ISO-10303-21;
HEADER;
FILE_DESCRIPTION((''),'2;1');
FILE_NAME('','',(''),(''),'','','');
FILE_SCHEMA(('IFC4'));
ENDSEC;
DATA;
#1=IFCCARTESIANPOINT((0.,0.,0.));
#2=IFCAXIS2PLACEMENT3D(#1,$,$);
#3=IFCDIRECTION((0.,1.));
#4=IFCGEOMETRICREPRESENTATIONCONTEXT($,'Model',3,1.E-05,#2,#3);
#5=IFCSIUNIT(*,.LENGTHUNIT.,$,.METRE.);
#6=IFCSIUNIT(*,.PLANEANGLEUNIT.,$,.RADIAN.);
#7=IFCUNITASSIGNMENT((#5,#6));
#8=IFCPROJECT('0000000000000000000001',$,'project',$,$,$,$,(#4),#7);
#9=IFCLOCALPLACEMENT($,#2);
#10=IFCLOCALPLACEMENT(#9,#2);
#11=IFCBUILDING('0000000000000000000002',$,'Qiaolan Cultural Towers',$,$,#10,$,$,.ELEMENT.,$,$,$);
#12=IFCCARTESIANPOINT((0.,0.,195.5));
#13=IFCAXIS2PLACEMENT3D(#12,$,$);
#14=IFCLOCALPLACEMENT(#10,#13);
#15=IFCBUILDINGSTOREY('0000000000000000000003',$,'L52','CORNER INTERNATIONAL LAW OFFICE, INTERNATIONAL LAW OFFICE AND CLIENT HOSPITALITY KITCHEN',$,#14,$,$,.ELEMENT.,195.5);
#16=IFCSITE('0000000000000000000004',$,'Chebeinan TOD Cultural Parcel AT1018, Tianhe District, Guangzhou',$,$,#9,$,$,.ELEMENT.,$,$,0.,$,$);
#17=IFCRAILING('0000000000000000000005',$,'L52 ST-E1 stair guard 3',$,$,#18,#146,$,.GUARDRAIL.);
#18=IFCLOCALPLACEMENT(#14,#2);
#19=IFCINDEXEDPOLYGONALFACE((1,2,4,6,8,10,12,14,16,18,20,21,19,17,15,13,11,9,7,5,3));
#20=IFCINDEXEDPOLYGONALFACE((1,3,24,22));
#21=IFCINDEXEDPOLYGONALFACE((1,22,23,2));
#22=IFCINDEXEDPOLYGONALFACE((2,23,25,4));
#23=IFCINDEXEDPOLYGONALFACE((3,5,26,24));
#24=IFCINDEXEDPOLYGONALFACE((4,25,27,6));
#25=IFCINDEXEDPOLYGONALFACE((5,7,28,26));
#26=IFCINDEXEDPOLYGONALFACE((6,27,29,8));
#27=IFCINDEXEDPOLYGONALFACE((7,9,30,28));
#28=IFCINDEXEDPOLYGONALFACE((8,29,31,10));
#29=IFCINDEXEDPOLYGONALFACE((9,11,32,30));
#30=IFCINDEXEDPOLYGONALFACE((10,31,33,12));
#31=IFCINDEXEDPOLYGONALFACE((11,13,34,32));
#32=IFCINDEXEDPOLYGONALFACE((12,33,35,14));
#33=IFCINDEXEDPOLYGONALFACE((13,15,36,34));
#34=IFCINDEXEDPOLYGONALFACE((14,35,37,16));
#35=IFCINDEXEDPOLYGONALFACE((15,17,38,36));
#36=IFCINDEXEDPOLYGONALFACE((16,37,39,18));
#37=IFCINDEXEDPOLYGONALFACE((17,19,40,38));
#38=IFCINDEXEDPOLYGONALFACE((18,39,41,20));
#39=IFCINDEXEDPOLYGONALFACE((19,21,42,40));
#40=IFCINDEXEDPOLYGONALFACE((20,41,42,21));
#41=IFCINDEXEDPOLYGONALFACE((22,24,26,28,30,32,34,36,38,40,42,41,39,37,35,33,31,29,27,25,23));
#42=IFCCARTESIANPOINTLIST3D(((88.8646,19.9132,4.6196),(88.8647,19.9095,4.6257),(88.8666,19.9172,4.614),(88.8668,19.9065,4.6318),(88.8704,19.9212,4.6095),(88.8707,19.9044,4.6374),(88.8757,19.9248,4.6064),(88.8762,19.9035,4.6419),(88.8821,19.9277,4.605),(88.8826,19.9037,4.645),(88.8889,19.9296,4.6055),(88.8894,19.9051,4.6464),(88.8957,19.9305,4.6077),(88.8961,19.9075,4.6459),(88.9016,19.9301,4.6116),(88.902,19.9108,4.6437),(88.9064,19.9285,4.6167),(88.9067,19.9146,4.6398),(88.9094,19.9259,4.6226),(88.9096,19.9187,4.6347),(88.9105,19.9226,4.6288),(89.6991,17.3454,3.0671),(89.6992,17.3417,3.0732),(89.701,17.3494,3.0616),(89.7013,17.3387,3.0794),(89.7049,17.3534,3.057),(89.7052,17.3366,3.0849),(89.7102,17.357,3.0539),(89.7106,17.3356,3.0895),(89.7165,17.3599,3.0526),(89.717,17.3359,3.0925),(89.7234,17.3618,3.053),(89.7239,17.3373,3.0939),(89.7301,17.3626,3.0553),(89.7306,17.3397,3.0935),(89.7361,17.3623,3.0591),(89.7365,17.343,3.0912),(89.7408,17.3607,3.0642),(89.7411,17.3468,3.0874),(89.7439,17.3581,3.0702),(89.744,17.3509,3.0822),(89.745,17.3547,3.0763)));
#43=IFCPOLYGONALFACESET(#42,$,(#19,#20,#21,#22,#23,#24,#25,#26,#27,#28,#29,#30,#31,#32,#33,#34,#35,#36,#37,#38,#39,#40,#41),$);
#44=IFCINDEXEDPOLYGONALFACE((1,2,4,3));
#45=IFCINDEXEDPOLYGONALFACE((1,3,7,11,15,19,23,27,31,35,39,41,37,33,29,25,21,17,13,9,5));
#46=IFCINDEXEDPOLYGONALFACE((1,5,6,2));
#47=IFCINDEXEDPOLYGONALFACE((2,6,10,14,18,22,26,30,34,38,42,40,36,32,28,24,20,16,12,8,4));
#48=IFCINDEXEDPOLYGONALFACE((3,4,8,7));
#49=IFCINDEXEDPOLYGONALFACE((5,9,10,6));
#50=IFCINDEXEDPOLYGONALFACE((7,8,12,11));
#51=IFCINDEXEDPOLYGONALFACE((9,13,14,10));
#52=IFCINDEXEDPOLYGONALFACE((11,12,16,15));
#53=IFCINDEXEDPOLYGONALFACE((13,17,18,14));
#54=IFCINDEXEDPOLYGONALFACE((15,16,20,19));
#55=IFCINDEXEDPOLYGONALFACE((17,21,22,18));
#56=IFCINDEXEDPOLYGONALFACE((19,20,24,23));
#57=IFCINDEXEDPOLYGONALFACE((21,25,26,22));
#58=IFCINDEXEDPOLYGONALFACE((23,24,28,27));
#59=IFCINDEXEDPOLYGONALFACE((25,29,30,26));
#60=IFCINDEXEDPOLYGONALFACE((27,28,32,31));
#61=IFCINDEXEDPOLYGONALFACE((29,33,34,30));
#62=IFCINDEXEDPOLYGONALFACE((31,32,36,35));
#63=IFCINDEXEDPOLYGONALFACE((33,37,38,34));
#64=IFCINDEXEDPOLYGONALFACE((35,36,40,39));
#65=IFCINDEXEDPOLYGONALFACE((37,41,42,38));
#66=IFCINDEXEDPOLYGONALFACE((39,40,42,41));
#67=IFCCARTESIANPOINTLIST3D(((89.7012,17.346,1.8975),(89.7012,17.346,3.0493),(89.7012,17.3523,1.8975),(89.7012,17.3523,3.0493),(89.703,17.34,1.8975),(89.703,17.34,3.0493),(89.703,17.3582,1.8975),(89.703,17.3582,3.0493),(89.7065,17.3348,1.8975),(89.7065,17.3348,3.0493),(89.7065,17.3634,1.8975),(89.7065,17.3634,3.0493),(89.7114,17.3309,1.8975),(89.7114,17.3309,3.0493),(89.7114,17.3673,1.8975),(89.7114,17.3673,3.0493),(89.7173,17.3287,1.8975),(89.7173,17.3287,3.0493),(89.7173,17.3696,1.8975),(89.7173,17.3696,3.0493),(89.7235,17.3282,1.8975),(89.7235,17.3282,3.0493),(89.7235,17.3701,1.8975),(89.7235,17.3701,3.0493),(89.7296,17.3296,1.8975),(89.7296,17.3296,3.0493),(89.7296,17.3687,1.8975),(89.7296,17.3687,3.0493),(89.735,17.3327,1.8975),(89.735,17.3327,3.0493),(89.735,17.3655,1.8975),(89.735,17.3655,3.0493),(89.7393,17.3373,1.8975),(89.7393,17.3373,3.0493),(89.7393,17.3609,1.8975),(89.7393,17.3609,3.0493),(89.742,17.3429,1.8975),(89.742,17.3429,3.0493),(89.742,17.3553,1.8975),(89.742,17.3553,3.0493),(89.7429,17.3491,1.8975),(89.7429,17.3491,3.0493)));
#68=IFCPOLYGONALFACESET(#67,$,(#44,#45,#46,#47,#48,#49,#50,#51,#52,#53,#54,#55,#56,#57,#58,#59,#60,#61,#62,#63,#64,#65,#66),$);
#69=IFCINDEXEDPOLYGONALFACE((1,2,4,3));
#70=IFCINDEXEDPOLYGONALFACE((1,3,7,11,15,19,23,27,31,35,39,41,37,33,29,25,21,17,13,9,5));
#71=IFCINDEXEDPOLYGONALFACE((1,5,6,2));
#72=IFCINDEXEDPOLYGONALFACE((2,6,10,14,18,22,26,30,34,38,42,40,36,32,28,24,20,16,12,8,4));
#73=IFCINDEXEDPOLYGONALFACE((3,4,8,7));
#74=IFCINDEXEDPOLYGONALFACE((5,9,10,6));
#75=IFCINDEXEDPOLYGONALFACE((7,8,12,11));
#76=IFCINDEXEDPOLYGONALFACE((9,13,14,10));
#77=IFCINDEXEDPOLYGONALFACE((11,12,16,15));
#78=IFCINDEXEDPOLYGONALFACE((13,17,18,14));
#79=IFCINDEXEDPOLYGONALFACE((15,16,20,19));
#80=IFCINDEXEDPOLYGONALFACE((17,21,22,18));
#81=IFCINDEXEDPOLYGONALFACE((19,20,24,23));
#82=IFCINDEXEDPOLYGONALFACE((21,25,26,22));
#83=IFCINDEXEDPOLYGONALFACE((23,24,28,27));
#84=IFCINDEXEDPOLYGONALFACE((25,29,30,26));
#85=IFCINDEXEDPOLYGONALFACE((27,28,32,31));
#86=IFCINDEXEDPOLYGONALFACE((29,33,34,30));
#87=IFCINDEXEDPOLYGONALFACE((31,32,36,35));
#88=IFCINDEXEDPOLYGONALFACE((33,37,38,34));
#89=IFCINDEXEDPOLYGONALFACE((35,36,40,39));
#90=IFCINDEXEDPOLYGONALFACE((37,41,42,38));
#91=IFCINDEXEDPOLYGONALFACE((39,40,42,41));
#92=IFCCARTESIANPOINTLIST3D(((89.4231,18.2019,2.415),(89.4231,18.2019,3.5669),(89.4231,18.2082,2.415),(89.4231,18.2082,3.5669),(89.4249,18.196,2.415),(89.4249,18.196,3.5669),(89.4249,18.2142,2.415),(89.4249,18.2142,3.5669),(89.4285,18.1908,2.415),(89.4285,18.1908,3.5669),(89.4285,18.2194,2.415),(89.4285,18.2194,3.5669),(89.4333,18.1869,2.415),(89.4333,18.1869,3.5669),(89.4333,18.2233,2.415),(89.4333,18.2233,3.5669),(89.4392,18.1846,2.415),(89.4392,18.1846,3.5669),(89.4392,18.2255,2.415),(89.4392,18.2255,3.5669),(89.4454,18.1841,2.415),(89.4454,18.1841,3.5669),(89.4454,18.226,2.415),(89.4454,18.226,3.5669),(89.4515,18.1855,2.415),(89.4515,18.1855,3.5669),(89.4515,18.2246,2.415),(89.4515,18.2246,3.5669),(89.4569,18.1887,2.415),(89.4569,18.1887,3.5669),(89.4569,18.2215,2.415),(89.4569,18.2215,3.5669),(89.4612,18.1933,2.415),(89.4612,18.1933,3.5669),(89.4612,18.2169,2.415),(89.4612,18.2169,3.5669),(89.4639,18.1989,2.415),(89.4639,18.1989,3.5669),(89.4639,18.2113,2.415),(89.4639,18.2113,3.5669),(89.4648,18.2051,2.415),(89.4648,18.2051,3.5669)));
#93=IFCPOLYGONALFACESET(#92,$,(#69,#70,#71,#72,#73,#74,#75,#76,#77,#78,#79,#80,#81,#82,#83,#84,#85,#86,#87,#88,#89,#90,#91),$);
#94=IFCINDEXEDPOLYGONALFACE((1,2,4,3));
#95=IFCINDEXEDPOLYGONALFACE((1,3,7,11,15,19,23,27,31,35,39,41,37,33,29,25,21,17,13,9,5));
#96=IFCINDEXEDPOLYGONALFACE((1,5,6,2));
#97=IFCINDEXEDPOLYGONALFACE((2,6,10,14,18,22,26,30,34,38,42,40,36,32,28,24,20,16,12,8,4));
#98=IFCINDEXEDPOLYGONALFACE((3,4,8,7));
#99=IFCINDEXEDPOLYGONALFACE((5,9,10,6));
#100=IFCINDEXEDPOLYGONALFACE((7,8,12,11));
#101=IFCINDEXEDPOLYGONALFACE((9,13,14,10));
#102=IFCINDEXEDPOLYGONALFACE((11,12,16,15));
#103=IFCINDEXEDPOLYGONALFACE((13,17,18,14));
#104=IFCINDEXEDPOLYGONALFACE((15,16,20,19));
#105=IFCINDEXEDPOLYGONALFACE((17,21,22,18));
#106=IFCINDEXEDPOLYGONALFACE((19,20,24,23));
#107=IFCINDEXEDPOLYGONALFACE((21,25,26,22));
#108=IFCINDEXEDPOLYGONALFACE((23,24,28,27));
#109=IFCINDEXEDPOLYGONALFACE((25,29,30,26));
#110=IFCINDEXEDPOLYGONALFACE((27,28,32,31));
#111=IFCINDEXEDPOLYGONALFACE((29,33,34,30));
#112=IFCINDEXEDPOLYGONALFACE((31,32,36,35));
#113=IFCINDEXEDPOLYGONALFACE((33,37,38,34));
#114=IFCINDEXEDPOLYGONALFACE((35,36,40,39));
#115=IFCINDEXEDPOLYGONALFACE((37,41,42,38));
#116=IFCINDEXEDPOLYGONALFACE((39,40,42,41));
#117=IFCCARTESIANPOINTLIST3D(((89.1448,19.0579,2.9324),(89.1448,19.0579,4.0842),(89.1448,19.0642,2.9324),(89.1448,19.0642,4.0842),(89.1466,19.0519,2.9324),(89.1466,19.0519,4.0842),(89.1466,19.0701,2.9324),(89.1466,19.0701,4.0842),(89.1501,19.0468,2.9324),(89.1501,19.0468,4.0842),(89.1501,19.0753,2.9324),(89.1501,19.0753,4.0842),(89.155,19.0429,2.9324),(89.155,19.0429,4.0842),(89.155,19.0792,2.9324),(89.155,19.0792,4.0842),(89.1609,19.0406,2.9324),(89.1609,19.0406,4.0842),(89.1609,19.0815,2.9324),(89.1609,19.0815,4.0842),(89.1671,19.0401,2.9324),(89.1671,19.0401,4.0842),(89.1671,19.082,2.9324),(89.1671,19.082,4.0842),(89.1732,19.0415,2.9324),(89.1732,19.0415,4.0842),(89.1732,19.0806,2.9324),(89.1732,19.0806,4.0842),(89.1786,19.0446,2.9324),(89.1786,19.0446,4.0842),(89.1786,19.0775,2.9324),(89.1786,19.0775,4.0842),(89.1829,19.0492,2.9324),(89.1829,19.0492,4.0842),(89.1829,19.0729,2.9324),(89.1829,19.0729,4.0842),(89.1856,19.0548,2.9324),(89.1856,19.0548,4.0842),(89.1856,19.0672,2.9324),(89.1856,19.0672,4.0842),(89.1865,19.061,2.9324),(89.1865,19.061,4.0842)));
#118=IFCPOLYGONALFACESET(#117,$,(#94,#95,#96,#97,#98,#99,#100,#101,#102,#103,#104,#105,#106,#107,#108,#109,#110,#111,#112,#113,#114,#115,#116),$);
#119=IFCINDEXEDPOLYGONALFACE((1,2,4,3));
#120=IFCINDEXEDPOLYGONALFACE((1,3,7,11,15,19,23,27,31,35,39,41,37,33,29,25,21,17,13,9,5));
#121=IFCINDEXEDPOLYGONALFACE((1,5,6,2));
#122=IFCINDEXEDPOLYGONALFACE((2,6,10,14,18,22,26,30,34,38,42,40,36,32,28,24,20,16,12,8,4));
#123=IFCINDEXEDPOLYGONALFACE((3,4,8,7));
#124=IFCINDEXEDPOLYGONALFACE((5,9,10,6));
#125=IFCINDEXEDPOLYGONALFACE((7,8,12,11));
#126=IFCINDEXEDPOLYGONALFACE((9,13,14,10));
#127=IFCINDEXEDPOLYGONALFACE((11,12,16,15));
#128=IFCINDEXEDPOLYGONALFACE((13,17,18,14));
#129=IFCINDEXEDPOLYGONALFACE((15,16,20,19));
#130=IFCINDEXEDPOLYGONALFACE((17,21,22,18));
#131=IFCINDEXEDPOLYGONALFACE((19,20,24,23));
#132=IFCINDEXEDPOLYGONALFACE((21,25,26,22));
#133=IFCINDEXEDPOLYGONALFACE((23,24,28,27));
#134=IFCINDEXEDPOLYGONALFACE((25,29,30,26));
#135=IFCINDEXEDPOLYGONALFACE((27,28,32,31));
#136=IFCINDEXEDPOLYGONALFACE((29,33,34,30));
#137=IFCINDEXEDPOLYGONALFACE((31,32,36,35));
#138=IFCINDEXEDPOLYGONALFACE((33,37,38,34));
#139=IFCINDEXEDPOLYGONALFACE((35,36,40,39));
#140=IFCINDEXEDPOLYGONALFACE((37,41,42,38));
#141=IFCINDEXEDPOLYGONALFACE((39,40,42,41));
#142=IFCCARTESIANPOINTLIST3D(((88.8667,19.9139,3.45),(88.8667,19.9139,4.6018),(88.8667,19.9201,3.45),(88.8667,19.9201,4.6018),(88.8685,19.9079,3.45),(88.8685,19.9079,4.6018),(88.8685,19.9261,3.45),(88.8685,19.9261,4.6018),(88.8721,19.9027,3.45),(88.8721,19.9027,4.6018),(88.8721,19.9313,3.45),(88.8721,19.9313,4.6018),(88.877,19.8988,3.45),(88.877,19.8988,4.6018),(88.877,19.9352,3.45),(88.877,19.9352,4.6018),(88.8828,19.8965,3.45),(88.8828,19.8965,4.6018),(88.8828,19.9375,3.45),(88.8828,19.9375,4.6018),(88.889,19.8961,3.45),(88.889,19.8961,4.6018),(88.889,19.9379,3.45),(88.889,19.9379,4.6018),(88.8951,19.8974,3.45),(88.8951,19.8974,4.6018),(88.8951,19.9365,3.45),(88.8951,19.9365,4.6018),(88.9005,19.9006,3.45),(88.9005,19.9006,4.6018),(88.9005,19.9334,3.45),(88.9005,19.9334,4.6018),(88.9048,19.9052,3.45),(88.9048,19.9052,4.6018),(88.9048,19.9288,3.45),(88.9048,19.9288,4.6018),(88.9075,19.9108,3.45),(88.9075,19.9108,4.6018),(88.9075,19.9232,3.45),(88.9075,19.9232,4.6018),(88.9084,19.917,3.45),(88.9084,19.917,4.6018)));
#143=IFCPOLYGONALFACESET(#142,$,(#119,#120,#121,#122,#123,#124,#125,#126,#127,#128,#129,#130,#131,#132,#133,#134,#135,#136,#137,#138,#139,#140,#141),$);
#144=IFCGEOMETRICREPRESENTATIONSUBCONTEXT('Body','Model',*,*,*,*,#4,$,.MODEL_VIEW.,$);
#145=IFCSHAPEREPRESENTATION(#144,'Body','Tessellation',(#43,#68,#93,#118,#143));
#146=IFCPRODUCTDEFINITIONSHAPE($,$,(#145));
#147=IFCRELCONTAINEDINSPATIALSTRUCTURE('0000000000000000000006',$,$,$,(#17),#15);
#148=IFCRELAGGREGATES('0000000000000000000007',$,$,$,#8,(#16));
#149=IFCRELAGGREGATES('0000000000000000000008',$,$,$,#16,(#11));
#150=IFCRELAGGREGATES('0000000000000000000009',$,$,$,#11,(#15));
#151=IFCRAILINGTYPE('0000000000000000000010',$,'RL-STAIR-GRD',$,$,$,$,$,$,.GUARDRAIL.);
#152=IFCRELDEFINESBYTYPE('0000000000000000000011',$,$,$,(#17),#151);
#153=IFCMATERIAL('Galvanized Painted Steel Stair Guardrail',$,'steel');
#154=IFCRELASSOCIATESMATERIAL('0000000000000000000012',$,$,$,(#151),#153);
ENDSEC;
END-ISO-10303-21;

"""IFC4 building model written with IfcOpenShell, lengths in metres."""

from ifc_helpers import new_model, si_unit, direction, frame, origin, origin_2d, place, context, subcontext, project, spatial, circle, extrude, material, type_object, element, save


model = new_model("IFC4")

# Units and contexts
model_context = context("Model", 3, precision=1e-05, world=origin(), true_north=direction((0.0, 1.0)))
body_context = subcontext(model_context, "Body", "Model", "MODEL_VIEW")
ifc_project = project(units=[si_unit("LENGTHUNIT", "METRE"), si_unit("PLANEANGLEUNIT", "RADIAN")], contexts=[model_context])

# Site, building, storey
site_placement = place(None, origin())
site = spatial("IfcSite", under=ifc_project, at=site_placement, Name="Chebeinan TOD Cultural Parcel AT1018, Tianhe District, Guangzhou", CompositionType="ELEMENT", RefElevation=0.0)
building_placement = place(site_placement, origin())
building = spatial("IfcBuilding", under=site, at=building_placement, Name="Qiaolan Cultural Towers", CompositionType="ELEMENT")
storey_placement = place(building_placement, frame((0.0, 0.0, 195.5)))
storey = spatial("IfcBuildingStorey", under=building, at=storey_placement, Name="L52", Description="CORNER INTERNATIONAL LAW OFFICE, INTERNATIONAL LAW OFFICE AND CLIENT HOSPITALITY KITCHEN", CompositionType="ELEMENT", Elevation=195.5)

# Railing
ifc_material_1 = material(Name="Galvanized Painted Steel Stair Guardrail", Category="steel")
railing_type_1 = type_object("IfcRailingType", Name="RL-STAIR-GRD", PredefinedType="GUARDRAIL", material=ifc_material_1)
railing_1_placement = place(storey_placement, frame((89.7219, 17.3491, 1.8975)))
element("IfcRailing", 1, at=railing_1_placement, inside=storey, type_object=railing_type_1, Name="L52 ST-E1 stair guard 3", PredefinedType="GUARDRAIL", context=body_context, shape_type="SweptSolid", body=[
    extrude(circle(Radius=0.0239, at=origin_2d()), frame((0.0, 0.0, 1.1758), z_axis=(-0.267926, 0.824471, 0.498461), x_axis=(-0.951043, -0.309057, 0.0)), (0.0, 0.0, 1.0), 3.1145),
    extrude(circle(Radius=0.021, at=origin_2d()), origin(), (0.0, 0.0, 1.0), 1.1519),
    extrude(circle(Radius=0.021, at=origin_2d()), frame((-0.2781, 0.856, 0.5176)), (0.0, 0.0, 1.0), 1.1519),
    extrude(circle(Radius=0.021, at=origin_2d()), frame((-0.5564, 1.7119, 1.0349)), (0.0, 0.0, 1.0), 1.1519),
    extrude(circle(Radius=0.021, at=origin_2d()), frame((-0.8345, 2.5679, 1.5525)), (0.0, 0.0, 1.0), 1.1519),
])

save(model, "model.ifc")
